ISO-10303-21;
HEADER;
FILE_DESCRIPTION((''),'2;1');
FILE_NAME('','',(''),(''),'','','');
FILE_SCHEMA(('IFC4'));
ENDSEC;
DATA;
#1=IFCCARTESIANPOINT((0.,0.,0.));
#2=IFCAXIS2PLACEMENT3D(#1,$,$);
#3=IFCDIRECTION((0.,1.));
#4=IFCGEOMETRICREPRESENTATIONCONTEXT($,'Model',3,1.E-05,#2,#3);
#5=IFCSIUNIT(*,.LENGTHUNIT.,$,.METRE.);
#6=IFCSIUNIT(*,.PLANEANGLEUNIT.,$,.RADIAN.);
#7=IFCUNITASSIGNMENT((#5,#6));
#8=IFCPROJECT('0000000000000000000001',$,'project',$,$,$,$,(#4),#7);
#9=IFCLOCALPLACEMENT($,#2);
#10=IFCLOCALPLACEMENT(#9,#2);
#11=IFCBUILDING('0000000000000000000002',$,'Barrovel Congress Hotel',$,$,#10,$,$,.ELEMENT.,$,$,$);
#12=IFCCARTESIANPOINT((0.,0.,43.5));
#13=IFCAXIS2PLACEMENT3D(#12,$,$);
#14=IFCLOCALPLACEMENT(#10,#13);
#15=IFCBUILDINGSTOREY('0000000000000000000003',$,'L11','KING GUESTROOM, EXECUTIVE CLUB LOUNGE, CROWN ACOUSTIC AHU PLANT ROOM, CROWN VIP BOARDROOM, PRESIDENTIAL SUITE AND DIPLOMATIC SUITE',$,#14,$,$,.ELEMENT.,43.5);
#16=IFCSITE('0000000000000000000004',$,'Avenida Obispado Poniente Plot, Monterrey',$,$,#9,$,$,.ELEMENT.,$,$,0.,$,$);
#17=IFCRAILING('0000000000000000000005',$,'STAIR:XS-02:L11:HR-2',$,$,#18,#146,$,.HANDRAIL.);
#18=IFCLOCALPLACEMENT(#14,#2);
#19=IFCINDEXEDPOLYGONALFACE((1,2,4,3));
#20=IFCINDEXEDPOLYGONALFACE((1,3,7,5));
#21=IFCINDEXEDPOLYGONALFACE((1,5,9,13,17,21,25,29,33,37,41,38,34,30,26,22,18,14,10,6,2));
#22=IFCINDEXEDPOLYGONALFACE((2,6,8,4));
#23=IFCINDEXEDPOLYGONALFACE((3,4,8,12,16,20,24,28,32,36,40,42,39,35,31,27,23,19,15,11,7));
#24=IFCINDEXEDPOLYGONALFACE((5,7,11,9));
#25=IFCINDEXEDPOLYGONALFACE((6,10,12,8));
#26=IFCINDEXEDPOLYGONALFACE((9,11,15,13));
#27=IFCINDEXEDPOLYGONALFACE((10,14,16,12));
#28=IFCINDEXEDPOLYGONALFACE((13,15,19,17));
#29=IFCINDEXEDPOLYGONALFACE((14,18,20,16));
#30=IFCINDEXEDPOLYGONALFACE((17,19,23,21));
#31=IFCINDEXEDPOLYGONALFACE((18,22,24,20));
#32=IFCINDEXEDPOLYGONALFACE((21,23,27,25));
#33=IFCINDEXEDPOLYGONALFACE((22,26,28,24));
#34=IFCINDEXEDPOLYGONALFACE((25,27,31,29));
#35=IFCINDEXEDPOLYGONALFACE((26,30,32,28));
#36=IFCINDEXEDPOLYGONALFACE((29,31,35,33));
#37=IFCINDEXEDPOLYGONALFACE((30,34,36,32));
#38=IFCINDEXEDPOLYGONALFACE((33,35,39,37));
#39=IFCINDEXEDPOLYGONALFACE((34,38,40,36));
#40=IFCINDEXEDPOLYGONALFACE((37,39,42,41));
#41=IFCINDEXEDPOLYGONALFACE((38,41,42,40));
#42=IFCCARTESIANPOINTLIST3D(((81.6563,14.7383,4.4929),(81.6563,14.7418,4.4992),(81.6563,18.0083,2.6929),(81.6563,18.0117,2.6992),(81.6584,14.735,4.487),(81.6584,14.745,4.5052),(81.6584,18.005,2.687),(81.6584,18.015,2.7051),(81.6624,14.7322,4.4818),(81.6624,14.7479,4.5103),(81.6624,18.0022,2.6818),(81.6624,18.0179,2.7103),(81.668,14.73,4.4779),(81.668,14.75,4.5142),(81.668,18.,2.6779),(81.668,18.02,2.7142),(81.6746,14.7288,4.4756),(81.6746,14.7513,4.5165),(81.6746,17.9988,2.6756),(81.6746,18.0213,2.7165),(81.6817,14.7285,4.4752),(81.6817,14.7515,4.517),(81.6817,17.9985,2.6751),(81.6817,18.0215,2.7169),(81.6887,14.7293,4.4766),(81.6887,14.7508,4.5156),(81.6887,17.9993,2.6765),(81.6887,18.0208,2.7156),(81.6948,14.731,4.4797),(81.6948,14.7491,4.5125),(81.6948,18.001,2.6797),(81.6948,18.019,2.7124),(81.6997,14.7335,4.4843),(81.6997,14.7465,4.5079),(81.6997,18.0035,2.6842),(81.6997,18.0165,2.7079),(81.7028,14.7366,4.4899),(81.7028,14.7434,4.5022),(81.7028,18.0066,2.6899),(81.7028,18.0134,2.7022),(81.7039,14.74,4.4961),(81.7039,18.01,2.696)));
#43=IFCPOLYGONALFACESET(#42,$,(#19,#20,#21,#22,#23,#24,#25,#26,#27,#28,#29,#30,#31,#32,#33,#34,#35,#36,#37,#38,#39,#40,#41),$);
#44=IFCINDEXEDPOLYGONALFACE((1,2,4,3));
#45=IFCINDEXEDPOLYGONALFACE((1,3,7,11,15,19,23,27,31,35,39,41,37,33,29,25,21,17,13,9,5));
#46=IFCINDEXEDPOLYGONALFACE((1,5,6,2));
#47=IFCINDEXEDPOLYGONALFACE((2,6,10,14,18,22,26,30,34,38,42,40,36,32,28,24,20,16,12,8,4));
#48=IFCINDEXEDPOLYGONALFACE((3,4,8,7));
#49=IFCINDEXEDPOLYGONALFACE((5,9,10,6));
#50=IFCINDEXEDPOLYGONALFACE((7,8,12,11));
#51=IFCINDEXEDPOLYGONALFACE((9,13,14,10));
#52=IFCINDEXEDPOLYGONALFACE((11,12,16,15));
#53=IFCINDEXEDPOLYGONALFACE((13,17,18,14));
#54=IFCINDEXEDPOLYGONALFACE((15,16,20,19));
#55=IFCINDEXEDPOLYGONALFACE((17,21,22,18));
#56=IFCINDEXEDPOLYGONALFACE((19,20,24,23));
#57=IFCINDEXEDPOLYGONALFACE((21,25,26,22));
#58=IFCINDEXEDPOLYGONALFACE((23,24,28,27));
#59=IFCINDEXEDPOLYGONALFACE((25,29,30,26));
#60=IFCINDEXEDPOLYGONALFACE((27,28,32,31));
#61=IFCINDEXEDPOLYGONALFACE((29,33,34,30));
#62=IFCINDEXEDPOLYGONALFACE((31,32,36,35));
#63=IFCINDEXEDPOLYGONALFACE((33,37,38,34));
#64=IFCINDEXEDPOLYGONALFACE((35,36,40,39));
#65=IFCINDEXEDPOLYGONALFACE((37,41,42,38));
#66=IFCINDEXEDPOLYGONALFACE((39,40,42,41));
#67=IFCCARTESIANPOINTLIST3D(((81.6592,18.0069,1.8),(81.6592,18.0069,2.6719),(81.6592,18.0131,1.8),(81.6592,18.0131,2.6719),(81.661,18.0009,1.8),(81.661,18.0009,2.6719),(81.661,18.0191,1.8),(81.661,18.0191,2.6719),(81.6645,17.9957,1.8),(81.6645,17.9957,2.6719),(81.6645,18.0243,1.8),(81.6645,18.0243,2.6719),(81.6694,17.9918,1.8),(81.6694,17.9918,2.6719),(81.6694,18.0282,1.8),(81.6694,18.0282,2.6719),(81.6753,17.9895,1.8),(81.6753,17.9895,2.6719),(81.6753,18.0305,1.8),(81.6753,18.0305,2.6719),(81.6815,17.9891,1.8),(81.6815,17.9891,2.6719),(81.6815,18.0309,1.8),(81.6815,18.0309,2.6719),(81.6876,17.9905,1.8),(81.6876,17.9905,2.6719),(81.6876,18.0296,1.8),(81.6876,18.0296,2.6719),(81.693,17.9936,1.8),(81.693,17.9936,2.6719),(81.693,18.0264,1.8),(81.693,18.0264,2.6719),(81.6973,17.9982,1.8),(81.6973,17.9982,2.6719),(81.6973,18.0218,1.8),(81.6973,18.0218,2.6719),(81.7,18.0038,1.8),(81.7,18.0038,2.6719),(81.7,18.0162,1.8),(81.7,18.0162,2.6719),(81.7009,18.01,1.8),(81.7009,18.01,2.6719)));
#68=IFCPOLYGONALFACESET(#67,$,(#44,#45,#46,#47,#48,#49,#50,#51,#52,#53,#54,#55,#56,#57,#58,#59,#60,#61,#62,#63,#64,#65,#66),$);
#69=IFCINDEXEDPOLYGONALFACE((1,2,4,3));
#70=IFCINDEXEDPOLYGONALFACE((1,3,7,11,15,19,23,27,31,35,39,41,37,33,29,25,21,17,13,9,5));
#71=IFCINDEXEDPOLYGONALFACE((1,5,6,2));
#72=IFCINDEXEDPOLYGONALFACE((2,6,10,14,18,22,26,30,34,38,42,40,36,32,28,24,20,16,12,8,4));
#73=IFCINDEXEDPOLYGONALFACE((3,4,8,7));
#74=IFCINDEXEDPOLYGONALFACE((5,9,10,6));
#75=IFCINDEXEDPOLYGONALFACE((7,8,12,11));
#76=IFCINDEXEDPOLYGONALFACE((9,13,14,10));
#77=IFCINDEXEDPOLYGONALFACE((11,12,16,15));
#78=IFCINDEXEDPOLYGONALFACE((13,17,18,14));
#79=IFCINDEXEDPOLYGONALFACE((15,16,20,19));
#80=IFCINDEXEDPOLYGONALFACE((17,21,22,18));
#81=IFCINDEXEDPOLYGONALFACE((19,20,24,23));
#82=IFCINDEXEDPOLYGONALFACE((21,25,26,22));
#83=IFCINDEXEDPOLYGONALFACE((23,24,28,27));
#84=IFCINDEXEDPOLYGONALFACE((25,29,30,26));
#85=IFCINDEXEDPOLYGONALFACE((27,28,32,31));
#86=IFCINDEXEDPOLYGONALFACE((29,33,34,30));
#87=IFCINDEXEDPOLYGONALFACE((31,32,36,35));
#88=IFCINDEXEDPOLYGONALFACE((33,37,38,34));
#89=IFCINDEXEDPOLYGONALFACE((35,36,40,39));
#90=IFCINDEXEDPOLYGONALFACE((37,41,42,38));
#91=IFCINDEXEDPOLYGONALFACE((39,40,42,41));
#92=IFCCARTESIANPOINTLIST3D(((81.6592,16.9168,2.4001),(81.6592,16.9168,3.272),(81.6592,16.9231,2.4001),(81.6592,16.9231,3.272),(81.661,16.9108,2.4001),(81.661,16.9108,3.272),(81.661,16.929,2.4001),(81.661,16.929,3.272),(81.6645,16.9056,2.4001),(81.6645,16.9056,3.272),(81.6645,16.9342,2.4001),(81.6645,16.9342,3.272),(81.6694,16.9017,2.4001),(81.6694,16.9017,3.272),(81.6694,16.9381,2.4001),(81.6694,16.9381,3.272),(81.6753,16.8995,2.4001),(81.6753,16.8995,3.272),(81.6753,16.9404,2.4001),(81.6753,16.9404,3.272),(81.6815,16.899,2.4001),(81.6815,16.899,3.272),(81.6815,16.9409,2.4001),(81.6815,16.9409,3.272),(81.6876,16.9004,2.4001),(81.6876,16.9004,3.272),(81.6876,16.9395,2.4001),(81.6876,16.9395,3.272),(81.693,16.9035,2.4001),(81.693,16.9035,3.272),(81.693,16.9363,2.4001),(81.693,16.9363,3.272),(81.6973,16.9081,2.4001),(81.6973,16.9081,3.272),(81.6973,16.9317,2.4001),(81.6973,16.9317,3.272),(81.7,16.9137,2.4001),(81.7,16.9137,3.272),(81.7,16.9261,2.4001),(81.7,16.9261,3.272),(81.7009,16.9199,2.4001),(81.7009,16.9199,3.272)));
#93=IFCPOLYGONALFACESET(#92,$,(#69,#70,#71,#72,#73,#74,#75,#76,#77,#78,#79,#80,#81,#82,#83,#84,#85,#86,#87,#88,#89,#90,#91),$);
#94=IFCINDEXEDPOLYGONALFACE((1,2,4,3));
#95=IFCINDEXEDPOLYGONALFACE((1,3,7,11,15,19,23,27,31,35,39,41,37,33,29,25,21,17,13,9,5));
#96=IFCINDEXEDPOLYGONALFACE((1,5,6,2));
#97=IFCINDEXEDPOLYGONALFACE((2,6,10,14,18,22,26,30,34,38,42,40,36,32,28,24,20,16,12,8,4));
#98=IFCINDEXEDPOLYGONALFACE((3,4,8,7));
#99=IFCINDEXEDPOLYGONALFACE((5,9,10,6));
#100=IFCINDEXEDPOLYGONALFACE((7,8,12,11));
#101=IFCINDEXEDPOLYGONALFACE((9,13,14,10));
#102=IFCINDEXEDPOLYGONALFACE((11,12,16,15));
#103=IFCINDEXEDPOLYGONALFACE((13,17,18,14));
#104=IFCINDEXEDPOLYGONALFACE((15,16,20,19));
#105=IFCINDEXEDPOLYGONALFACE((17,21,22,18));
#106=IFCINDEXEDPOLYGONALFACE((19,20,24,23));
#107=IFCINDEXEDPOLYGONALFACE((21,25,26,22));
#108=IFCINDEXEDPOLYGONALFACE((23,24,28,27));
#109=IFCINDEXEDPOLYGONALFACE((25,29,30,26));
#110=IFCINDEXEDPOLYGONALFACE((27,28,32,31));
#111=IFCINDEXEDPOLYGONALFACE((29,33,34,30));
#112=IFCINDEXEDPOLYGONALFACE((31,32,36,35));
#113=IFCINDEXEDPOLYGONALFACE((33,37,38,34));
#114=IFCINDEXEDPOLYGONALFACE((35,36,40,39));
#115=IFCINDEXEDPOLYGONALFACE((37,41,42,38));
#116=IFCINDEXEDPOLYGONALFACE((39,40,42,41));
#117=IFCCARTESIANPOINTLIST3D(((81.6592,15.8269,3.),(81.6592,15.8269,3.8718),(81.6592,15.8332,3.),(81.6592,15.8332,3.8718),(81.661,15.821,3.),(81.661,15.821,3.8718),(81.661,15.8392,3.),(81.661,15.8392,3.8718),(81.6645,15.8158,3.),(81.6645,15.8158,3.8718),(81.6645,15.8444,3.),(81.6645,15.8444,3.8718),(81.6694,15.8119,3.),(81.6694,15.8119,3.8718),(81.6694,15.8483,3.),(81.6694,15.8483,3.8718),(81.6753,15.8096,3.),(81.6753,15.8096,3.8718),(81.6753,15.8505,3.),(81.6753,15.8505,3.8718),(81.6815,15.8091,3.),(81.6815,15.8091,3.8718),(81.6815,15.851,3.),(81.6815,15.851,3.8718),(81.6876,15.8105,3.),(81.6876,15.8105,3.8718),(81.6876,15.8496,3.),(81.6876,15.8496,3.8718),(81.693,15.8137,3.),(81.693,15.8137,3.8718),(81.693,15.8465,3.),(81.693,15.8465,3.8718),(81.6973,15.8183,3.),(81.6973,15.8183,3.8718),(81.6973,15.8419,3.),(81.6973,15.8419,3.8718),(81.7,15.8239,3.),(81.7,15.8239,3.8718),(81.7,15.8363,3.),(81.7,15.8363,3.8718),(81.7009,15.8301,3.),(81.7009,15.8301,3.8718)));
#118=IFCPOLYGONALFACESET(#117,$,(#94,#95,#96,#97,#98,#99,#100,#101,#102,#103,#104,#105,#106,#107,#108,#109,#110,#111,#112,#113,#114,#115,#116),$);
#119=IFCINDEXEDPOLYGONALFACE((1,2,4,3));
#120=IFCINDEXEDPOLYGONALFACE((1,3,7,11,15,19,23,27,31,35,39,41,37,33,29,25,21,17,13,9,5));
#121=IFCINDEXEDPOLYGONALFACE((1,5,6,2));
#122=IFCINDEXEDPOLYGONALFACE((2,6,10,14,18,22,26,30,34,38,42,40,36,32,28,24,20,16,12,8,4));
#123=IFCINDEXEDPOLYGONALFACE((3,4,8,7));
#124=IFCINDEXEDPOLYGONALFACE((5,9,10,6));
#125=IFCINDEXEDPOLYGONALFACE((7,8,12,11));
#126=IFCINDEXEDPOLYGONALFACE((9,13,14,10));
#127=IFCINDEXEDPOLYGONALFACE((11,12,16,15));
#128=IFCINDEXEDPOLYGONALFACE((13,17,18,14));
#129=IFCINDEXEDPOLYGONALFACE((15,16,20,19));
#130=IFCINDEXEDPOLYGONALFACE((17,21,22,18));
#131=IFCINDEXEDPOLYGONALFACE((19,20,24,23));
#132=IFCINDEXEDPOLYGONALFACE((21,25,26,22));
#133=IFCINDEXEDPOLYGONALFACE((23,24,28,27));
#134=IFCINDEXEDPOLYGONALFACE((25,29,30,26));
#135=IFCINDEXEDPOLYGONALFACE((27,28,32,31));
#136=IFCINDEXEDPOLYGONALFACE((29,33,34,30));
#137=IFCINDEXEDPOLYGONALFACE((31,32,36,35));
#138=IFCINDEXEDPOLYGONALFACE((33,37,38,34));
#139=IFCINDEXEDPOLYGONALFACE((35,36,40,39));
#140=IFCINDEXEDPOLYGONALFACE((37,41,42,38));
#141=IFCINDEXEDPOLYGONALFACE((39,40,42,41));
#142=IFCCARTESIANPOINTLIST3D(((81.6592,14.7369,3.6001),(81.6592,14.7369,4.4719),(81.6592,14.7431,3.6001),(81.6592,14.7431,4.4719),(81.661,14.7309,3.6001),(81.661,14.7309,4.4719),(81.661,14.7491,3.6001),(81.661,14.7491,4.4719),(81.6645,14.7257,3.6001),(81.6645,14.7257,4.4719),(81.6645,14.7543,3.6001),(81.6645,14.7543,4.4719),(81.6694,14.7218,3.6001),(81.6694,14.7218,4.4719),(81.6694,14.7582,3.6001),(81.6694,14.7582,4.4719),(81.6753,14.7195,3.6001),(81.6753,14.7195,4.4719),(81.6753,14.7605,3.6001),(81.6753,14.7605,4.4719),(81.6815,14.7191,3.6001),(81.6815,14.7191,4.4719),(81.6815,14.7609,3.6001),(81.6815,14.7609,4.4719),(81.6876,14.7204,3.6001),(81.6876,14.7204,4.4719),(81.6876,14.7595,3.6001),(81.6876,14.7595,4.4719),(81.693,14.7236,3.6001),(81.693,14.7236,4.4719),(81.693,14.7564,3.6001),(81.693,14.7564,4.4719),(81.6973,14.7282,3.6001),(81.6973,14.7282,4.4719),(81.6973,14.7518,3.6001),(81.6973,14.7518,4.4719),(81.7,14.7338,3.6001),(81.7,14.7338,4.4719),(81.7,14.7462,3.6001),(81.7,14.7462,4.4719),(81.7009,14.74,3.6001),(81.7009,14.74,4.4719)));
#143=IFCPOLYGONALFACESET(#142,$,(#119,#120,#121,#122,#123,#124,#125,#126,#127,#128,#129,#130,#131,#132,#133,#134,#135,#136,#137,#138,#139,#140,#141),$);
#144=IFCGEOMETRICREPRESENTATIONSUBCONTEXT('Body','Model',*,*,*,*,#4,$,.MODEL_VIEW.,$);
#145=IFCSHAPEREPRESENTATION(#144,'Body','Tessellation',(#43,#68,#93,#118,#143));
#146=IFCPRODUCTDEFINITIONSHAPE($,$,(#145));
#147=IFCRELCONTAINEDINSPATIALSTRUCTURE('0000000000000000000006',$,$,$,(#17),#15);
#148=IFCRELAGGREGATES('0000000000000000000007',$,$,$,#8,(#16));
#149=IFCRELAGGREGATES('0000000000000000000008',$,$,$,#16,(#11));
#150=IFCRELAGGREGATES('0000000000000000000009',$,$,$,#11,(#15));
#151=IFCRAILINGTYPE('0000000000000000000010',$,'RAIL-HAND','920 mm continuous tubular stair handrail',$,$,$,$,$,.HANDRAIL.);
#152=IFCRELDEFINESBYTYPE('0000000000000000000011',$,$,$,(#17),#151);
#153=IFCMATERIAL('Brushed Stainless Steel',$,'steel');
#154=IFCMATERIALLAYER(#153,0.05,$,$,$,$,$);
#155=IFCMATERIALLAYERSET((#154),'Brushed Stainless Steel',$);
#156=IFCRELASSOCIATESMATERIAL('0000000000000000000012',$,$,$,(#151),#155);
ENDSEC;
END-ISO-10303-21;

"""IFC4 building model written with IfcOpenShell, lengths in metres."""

from ifc_helpers import new_model, si_unit, direction, frame, origin, origin_2d, place, context, subcontext, project, spatial, circle, extrude, material, layer, layer_set, type_object, element, save


model = new_model("IFC4")

# Units and contexts
model_context = context("Model", 3, precision=1e-05, world=origin(), true_north=direction((0.0, 1.0)))
body_context = subcontext(model_context, "Body", "Model", "MODEL_VIEW")
ifc_project = project(units=[si_unit("LENGTHUNIT", "METRE"), si_unit("PLANEANGLEUNIT", "RADIAN")], contexts=[model_context])

# Site, building, storey
site_placement = place(None, origin())
site = spatial("IfcSite", under=ifc_project, at=site_placement, Name="Avenida Obispado Poniente Plot, Monterrey", CompositionType="ELEMENT", RefElevation=0.0)
building_placement = place(site_placement, origin())
building = spatial("IfcBuilding", under=site, at=building_placement, Name="Barrovel Congress Hotel", CompositionType="ELEMENT")
storey_placement = place(building_placement, frame((0.0, 0.0, 43.5)))
storey = spatial("IfcBuildingStorey", under=building, at=storey_placement, Name="L11", Description="KING GUESTROOM, EXECUTIVE CLUB LOUNGE, CROWN ACOUSTIC AHU PLANT ROOM, CROWN VIP BOARDROOM, PRESIDENTIAL SUITE AND DIPLOMATIC SUITE", CompositionType="ELEMENT", Elevation=43.5)

# Shared definitions
ifc_material_1 = material(Name="Brushed Stainless Steel", Category="steel")

# Railing
ifc_layer_1 = layer(ifc_material_1, 0.05)
ifc_layer_set_1 = layer_set([ifc_layer_1], Name="Brushed Stainless Steel")
railing_type_1 = type_object("IfcRailingType", Name="RAIL-HAND", Description="920 mm continuous tubular stair handrail", PredefinedType="HANDRAIL", material=ifc_layer_set_1)
railing_1_placement = place(storey_placement, frame((81.6799, 18.01, 1.8)))
element("IfcRailing", 1, at=railing_1_placement, inside=storey, type_object=railing_type_1, Name="STAIR:XS-02:L11:HR-2", PredefinedType="HANDRAIL", context=body_context, shape_type="SweptSolid", body=[
    extrude(circle(Radius=0.0239, at=origin_2d()), frame((0.0, 0.0, 0.896), z_axis=(0.0, -0.876042, 0.482235), x_axis=(1.0, 0.0, 0.0)), (0.0, 0.0, 1.0), 3.7327),
    extrude(circle(Radius=0.021, at=origin_2d()), origin(), (0.0, 0.0, 1.0), 0.8718),
    extrude(circle(Radius=0.021, at=origin_2d()), frame((0.0, -1.0901, 0.6001)), (0.0, 0.0, 1.0), 0.8718),
    extrude(circle(Radius=0.021, at=origin_2d()), frame((0.0, -2.1799, 1.2)), (0.0, 0.0, 1.0), 0.8718),
    extrude(circle(Radius=0.021, at=origin_2d()), frame((0.0, -3.27, 1.8)), (0.0, 0.0, 1.0), 0.8718),
])

save(model, "model.ifc")
